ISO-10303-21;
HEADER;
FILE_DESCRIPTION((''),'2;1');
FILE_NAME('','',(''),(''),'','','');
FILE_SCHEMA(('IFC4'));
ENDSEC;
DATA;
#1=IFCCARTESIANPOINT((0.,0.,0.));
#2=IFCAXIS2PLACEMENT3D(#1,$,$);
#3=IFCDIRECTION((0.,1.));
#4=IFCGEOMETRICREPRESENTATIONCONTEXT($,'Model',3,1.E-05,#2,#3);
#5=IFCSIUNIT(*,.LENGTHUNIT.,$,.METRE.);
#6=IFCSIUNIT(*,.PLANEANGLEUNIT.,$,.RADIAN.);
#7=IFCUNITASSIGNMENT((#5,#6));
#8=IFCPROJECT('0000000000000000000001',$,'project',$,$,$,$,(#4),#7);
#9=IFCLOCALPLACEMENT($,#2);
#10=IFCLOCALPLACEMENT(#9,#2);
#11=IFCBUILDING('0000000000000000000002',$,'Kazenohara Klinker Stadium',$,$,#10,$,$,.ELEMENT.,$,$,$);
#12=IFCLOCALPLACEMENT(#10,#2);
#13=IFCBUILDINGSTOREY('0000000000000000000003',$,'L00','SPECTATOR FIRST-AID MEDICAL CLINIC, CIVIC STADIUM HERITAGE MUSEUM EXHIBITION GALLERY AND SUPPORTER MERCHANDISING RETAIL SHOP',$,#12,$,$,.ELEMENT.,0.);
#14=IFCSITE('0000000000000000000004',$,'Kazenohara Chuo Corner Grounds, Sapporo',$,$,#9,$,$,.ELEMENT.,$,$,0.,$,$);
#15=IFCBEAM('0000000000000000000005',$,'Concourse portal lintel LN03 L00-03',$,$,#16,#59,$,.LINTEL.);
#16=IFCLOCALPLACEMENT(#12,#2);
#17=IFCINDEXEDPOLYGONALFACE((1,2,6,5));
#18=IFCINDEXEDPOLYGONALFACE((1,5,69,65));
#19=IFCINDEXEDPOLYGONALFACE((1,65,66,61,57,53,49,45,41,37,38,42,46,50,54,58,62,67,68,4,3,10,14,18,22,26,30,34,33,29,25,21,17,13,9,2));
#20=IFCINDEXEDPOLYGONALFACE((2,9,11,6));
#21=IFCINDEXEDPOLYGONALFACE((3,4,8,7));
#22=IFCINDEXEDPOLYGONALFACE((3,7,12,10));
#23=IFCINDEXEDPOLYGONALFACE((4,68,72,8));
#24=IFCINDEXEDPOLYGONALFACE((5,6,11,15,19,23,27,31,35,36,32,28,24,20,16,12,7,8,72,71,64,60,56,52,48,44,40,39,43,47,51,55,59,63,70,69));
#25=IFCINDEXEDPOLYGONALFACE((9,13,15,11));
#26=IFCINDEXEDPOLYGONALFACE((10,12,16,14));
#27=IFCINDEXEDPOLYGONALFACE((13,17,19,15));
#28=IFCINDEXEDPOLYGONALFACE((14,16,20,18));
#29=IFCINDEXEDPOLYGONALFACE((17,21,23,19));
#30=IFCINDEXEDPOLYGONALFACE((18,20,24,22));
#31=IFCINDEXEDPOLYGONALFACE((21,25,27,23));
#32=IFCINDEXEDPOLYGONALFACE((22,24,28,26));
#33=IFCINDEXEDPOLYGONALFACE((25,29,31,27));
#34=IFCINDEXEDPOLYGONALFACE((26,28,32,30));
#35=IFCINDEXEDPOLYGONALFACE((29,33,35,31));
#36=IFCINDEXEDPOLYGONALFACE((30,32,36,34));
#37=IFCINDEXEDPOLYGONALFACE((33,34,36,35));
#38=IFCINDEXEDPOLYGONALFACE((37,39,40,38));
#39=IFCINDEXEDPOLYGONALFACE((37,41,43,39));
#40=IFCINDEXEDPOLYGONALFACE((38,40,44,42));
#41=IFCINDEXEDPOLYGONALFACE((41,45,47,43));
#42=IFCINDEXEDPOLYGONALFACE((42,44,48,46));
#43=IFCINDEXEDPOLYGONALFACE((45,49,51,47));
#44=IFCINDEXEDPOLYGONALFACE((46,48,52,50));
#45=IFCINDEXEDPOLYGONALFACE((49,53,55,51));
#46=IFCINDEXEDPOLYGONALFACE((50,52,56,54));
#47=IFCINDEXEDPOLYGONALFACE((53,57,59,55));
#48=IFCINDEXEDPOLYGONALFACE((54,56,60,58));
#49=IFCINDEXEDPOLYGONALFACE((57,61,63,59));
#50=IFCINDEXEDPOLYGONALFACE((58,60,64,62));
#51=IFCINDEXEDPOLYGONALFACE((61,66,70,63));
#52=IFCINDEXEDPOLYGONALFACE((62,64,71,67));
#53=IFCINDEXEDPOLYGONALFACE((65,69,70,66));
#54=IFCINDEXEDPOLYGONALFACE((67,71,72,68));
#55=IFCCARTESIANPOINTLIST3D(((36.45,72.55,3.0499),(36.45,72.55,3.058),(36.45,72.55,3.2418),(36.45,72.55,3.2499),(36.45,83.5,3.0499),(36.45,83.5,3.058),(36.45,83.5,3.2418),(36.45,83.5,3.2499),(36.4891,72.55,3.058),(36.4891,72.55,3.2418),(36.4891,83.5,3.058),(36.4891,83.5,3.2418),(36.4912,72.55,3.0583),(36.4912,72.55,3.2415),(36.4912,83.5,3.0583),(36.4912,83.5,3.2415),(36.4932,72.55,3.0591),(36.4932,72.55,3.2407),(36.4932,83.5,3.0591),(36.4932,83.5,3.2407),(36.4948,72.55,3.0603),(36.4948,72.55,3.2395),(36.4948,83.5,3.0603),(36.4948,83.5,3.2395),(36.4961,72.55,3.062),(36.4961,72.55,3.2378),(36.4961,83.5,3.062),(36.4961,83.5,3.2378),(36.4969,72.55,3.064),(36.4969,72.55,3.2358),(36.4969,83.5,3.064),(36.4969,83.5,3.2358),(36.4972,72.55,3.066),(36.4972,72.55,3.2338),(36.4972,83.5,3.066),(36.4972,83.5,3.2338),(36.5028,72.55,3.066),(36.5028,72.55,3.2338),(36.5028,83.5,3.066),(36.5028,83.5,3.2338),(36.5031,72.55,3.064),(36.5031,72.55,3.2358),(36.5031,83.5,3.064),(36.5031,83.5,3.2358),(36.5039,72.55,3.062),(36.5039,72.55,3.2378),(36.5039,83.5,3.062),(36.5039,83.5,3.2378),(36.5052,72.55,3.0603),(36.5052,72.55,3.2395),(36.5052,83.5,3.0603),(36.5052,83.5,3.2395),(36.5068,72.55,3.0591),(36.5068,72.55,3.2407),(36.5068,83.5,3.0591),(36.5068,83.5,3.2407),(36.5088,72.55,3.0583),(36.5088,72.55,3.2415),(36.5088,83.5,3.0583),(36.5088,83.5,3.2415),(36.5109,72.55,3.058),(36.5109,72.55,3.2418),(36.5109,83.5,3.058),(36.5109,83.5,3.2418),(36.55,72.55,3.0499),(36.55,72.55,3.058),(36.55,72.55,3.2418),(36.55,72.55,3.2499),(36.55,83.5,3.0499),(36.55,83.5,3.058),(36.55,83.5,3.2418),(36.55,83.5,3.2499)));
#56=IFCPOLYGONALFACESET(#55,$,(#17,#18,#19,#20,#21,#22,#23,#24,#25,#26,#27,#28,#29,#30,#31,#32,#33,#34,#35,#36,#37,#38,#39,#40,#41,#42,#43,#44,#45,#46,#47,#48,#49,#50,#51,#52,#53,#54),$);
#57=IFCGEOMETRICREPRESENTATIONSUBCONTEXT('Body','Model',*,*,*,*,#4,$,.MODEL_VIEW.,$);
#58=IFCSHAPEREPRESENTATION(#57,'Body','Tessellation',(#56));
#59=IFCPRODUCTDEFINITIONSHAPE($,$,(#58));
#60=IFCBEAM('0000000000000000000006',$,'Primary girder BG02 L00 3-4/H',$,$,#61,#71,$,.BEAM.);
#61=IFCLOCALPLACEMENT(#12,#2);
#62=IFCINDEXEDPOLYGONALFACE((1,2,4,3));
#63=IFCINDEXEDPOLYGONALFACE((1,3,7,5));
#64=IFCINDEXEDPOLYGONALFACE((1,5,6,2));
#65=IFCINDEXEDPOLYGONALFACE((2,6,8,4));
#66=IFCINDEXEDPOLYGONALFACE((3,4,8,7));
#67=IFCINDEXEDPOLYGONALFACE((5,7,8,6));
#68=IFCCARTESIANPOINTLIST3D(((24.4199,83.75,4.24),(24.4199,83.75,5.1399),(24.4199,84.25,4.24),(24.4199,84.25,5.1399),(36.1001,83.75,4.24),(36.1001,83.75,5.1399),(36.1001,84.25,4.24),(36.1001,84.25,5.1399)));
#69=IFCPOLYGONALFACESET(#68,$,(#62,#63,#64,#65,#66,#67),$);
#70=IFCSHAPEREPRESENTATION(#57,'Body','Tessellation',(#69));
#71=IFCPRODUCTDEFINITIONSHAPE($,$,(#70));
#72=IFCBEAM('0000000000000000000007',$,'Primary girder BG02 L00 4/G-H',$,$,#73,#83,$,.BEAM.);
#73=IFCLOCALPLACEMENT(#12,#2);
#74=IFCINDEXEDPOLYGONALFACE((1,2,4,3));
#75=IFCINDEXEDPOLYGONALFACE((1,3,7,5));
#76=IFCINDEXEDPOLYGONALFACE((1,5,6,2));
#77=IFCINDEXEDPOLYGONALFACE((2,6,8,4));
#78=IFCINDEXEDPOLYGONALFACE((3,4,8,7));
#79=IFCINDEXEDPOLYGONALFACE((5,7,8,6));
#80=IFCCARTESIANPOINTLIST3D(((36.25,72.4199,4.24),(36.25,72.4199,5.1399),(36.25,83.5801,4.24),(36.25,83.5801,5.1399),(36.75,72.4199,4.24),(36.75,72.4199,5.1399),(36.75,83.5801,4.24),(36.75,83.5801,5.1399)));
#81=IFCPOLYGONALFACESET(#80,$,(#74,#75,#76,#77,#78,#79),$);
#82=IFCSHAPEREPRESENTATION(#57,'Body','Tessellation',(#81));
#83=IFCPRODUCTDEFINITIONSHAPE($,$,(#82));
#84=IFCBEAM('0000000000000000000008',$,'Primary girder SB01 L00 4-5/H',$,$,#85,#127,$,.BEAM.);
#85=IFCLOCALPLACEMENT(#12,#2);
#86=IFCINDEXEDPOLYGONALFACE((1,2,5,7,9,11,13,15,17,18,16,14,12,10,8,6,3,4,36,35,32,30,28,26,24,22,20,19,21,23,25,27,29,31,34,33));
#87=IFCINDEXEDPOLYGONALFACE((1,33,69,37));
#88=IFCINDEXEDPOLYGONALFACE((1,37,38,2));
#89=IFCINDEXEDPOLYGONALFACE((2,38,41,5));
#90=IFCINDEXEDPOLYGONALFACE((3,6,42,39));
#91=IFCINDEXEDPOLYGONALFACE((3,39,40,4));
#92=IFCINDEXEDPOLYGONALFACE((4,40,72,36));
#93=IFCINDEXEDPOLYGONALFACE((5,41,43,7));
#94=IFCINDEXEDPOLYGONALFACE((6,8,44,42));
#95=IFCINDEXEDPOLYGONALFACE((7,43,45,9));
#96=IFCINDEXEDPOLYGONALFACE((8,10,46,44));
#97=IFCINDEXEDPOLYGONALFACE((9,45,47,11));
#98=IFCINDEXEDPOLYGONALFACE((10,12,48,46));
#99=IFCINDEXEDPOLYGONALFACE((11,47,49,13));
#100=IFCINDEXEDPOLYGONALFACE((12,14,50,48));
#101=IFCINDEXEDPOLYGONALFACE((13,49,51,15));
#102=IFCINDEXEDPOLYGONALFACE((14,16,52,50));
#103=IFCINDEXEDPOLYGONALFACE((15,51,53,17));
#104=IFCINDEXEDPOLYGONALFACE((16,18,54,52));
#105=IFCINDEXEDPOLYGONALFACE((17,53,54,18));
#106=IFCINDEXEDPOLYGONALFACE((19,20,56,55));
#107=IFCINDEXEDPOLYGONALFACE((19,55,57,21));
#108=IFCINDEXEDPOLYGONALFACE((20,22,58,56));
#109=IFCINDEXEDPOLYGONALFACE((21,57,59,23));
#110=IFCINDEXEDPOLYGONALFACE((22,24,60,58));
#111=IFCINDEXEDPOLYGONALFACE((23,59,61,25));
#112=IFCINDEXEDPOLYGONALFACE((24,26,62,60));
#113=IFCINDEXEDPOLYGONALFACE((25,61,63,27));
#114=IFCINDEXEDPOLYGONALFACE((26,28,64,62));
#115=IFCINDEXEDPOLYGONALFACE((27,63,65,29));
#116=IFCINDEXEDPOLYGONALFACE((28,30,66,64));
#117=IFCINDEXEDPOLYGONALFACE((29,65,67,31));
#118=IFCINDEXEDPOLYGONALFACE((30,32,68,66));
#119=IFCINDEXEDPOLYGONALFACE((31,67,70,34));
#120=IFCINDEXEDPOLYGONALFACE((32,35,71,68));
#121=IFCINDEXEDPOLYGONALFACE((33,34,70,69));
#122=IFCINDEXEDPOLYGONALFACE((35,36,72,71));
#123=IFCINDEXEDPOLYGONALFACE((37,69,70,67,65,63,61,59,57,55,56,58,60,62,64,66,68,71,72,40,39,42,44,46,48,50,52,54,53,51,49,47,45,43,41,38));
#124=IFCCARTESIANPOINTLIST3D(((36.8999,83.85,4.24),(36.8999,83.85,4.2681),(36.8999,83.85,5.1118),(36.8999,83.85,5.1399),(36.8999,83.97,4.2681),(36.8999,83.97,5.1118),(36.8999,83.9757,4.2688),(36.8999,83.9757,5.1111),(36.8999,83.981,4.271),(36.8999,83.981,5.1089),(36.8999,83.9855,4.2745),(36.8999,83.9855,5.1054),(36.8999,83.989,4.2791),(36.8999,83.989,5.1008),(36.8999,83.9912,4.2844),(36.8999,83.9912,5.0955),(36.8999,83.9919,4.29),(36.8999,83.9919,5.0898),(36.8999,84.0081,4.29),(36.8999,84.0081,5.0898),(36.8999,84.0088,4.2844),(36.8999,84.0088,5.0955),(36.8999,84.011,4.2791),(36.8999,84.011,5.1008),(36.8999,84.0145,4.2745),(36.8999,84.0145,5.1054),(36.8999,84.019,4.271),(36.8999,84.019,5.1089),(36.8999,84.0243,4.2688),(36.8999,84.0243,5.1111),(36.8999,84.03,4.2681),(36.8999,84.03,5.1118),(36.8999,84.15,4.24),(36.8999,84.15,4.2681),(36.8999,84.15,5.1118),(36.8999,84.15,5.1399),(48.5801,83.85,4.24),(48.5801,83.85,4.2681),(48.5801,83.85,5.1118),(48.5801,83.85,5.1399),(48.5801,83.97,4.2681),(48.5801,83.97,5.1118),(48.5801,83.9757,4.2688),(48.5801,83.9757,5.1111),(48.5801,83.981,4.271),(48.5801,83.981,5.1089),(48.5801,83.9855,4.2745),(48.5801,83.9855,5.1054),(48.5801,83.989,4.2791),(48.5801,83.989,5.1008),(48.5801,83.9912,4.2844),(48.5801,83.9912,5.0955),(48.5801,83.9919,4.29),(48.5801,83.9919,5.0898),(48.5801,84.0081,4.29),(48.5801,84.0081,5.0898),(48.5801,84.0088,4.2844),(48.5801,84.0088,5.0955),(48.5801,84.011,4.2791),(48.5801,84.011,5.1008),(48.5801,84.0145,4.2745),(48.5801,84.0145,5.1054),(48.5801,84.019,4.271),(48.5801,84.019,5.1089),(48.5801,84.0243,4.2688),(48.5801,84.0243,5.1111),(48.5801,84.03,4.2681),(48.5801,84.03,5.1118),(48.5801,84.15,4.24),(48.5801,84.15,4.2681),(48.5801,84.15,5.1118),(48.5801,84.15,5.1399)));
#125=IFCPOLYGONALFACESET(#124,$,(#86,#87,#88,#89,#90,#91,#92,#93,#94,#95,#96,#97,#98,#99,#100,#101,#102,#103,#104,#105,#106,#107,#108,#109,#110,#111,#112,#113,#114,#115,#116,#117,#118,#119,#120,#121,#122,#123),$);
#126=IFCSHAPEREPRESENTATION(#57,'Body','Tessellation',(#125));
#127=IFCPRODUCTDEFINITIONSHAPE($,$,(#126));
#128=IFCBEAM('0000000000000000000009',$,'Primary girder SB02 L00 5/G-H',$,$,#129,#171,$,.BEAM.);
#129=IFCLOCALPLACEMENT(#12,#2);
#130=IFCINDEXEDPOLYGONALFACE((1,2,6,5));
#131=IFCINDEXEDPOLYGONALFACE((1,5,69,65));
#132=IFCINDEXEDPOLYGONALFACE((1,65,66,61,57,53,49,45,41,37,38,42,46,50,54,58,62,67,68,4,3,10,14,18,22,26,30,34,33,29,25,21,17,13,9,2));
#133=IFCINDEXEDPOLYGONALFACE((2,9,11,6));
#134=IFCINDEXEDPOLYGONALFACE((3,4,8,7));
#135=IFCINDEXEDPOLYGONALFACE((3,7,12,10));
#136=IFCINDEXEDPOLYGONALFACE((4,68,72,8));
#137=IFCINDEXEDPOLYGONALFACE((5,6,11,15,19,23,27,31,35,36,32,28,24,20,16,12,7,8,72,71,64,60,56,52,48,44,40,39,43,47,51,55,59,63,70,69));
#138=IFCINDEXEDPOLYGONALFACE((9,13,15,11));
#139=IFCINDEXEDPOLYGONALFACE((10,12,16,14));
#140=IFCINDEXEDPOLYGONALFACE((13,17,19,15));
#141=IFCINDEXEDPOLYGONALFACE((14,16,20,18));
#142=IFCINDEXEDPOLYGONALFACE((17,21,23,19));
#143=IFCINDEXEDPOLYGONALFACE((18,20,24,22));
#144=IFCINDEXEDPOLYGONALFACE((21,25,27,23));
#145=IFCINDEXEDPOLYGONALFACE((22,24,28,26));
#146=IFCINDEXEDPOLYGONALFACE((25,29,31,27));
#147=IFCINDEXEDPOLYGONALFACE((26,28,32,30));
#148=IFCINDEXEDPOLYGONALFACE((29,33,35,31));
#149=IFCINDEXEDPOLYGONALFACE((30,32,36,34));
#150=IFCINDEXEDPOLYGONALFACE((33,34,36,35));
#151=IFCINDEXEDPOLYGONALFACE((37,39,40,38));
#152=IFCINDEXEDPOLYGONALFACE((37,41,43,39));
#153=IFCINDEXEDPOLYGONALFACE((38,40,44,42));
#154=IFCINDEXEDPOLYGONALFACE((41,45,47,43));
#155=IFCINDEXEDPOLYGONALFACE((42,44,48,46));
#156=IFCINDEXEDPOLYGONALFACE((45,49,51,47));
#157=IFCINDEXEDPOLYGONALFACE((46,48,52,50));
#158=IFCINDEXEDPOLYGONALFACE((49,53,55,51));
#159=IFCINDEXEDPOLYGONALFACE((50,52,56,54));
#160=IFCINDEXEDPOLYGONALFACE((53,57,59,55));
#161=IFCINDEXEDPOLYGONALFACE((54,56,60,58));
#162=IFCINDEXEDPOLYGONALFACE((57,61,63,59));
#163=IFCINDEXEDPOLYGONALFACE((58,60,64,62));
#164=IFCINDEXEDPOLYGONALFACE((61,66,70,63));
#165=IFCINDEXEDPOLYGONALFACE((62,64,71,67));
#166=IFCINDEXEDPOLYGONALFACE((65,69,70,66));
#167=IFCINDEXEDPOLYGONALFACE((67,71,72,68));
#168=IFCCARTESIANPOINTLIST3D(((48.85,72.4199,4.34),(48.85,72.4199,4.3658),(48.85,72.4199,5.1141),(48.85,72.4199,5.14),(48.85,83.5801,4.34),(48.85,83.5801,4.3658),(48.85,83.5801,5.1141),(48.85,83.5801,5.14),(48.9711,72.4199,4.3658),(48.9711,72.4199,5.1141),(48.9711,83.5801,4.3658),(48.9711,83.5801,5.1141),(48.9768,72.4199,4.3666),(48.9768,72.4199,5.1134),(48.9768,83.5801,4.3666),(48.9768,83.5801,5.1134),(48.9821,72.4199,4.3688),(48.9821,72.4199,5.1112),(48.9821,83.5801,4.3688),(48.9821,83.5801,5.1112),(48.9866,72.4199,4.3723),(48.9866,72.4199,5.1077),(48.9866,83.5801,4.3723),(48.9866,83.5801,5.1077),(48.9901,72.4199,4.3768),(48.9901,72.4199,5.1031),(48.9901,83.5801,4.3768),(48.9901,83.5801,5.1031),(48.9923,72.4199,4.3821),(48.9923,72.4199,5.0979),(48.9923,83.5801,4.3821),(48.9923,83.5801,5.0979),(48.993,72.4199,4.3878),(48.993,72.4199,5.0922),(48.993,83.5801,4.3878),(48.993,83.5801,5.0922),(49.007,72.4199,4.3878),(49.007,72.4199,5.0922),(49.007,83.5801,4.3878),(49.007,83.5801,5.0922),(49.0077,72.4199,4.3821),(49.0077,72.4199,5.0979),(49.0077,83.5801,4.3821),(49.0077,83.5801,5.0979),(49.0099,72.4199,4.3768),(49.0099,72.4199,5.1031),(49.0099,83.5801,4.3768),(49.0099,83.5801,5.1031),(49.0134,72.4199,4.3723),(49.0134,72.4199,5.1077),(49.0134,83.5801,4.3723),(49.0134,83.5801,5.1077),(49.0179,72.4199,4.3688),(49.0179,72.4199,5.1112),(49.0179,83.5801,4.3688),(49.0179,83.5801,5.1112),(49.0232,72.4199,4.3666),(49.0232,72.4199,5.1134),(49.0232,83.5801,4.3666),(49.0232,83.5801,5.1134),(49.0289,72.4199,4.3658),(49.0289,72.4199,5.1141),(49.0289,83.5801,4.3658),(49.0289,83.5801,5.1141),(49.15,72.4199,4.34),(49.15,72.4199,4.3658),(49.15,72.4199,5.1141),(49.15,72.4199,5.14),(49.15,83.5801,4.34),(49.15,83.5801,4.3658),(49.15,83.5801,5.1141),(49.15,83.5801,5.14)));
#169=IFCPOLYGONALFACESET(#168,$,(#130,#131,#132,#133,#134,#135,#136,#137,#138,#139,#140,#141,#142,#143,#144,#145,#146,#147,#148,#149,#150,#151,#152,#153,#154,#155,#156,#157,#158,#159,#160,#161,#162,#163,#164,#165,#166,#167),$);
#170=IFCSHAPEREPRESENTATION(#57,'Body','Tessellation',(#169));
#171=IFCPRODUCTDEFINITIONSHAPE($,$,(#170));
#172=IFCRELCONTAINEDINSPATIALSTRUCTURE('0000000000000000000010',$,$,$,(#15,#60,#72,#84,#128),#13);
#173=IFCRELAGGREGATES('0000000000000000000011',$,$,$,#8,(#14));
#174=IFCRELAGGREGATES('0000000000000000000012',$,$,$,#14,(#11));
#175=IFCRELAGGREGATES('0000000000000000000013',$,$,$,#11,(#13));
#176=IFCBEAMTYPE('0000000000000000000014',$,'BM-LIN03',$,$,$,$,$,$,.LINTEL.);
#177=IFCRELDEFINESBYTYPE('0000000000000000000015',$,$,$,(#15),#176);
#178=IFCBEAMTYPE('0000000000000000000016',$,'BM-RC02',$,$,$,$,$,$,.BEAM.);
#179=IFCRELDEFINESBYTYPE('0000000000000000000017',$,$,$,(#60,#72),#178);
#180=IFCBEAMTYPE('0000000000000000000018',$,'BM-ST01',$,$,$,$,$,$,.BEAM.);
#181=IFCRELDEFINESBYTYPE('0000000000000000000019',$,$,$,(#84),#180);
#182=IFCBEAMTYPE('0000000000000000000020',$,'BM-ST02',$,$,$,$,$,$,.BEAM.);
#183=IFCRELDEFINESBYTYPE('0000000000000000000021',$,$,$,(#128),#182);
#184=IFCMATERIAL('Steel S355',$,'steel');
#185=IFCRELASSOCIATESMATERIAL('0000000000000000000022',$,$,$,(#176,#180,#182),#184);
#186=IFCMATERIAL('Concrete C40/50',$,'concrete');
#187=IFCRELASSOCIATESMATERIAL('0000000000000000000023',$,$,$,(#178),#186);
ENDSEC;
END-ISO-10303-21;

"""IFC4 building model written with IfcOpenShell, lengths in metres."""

from ifc_helpers import new_model, si_unit, direction, frame, origin, origin_2d, place, context, subcontext, project, spatial, rectangle, i_section, extrude, material, material_profile, profile_set, type_object, element, save


model = new_model("IFC4")

# Units and contexts
model_context = context("Model", 3, precision=1e-05, world=origin(), true_north=direction((0.0, 1.0)))
body_context = subcontext(model_context, "Body", "Model", "MODEL_VIEW")
ifc_project = project(units=[si_unit("LENGTHUNIT", "METRE"), si_unit("PLANEANGLEUNIT", "RADIAN")], contexts=[model_context])

# Site, building, storey
site_placement = place(None, origin())
site = spatial("IfcSite", under=ifc_project, at=site_placement, Name="Kazenohara Chuo Corner Grounds, Sapporo", CompositionType="ELEMENT", RefElevation=0.0)
building_placement = place(site_placement, origin())
building = spatial("IfcBuilding", under=site, at=building_placement, Name="Kazenohara Klinker Stadium", CompositionType="ELEMENT")
storey_placement = place(building_placement, origin())
storey = spatial("IfcBuildingStorey", under=building, at=storey_placement, Name="L00", Description="SPECTATOR FIRST-AID MEDICAL CLINIC, CIVIC STADIUM HERITAGE MUSEUM EXHIBITION GALLERY AND SUPPORTER MERCHANDISING RETAIL SHOP", CompositionType="ELEMENT", Elevation=0.0)

# Shared definitions
ifc_material_1 = material(Name="Concrete C40/50", Category="concrete")

# Beams
ifc_material_2 = material(Name="Steel S355", Category="steel")
ifc_material_profile_1 = material_profile(ifc_material_2, i_section(OverallWidth=0.1001, OverallDepth=0.2, WebThickness=0.0056, FlangeThickness=0.0081, FilletRadius=0.0081, at=origin_2d()), Name="H-200x100x5.5x8")
ifc_profile_set_1 = profile_set([ifc_material_profile_1], Name="Steel S355")
beam_type_1 = type_object("IfcBeamType", Name="BM-LIN03", PredefinedType="LINTEL", material=ifc_profile_set_1)
beam_1_placement = place(storey_placement, frame((36.5, 72.55, 3.1499), z_axis=(0.0, 1.0, 0.0), x_axis=(-1.0, 0.0, 0.0)))
element("IfcBeam", 1, at=beam_1_placement, inside=storey, type_object=beam_type_1, Name="Concourse portal lintel LN03 L00-03", PredefinedType="LINTEL", context=body_context, shape_type="SweptSolid", body=[
    extrude(i_section(OverallWidth=0.1001, OverallDepth=0.2, WebThickness=0.0056, FlangeThickness=0.0081, FilletRadius=0.0081, at=origin_2d()), origin(), (0.0, 0.0, 1.0), 10.95),
])
ifc_material_profile_2 = material_profile(ifc_material_1, rectangle(XDim=0.5, YDim=0.8999, at=origin_2d()), Name="RC-BM-500x900")
ifc_profile_set_2 = profile_set([ifc_material_profile_2], Name="Concrete C40/50")
beam_type_2 = type_object("IfcBeamType", Name="BM-RC02", PredefinedType="BEAM", material=ifc_profile_set_2)
beam_2_placement = place(storey_placement, frame((24.4199, 84.0, 4.6899), z_axis=(1.0, 0.0, 0.0), x_axis=(0.0, 1.0, 0.0)))
element("IfcBeam", 2, at=beam_2_placement, inside=storey, type_object=beam_type_2, Name="Primary girder BG02 L00 3-4/H", PredefinedType="BEAM", context=body_context, shape_type="SweptSolid", body=[
    extrude(rectangle(XDim=0.5, YDim=0.8999, at=origin_2d()), origin(), (0.0, 0.0, 1.0), 11.6802),
])
beam_3_placement = place(storey_placement, frame((36.5, 72.4199, 4.6899), z_axis=(0.0, 1.0, 0.0), x_axis=(-1.0, 0.0, 0.0)))
element("IfcBeam", 3, at=beam_3_placement, inside=storey, type_object=beam_type_2, Name="Primary girder BG02 L00 4/G-H", PredefinedType="BEAM", context=body_context, shape_type="SweptSolid", body=[
    extrude(rectangle(XDim=0.5, YDim=0.8999, at=origin_2d()), origin(), (0.0, 0.0, 1.0), 11.1602),
])
ifc_material_profile_3 = material_profile(ifc_material_2, i_section(OverallWidth=0.3, OverallDepth=0.8999, WebThickness=0.0161, FlangeThickness=0.0281, FilletRadius=0.022, at=origin_2d()), Name="H-900x300x16x28")
ifc_profile_set_3 = profile_set([ifc_material_profile_3], Name="Steel S355")
beam_type_3 = type_object("IfcBeamType", Name="BM-ST01", PredefinedType="BEAM", material=ifc_profile_set_3)
beam_4_placement = place(storey_placement, frame((36.8999, 84.0, 4.6899), z_axis=(1.0, 0.0, 0.0), x_axis=(0.0, 1.0, 0.0)))
element("IfcBeam", 4, at=beam_4_placement, inside=storey, type_object=beam_type_3, Name="Primary girder SB01 L00 4-5/H", PredefinedType="BEAM", context=body_context, shape_type="SweptSolid", body=[
    extrude(i_section(OverallWidth=0.3, OverallDepth=0.8999, WebThickness=0.0161, FlangeThickness=0.0281, FilletRadius=0.022, at=origin_2d()), origin(), (0.0, 0.0, 1.0), 11.6802),
])
ifc_material_profile_4 = material_profile(ifc_material_2, i_section(OverallWidth=0.3, OverallDepth=0.8, WebThickness=0.0139, FlangeThickness=0.0259, FilletRadius=0.022, at=origin_2d()), Name="H-800x300x14x26")
ifc_profile_set_4 = profile_set([ifc_material_profile_4], Name="Steel S355")
beam_type_4 = type_object("IfcBeamType", Name="BM-ST02", PredefinedType="BEAM", material=ifc_profile_set_4)
beam_5_placement = place(storey_placement, frame((49.0, 72.4199, 4.74), z_axis=(0.0, 1.0, 0.0), x_axis=(-1.0, 0.0, 0.0)))
element("IfcBeam", 5, at=beam_5_placement, inside=storey, type_object=beam_type_4, Name="Primary girder SB02 L00 5/G-H", PredefinedType="BEAM", context=body_context, shape_type="SweptSolid", body=[
    extrude(i_section(OverallWidth=0.3, OverallDepth=0.8, WebThickness=0.0139, FlangeThickness=0.0259, FilletRadius=0.022, at=origin_2d()), origin(), (0.0, 0.0, 1.0), 11.1602),
])

save(model, "model.ifc")
